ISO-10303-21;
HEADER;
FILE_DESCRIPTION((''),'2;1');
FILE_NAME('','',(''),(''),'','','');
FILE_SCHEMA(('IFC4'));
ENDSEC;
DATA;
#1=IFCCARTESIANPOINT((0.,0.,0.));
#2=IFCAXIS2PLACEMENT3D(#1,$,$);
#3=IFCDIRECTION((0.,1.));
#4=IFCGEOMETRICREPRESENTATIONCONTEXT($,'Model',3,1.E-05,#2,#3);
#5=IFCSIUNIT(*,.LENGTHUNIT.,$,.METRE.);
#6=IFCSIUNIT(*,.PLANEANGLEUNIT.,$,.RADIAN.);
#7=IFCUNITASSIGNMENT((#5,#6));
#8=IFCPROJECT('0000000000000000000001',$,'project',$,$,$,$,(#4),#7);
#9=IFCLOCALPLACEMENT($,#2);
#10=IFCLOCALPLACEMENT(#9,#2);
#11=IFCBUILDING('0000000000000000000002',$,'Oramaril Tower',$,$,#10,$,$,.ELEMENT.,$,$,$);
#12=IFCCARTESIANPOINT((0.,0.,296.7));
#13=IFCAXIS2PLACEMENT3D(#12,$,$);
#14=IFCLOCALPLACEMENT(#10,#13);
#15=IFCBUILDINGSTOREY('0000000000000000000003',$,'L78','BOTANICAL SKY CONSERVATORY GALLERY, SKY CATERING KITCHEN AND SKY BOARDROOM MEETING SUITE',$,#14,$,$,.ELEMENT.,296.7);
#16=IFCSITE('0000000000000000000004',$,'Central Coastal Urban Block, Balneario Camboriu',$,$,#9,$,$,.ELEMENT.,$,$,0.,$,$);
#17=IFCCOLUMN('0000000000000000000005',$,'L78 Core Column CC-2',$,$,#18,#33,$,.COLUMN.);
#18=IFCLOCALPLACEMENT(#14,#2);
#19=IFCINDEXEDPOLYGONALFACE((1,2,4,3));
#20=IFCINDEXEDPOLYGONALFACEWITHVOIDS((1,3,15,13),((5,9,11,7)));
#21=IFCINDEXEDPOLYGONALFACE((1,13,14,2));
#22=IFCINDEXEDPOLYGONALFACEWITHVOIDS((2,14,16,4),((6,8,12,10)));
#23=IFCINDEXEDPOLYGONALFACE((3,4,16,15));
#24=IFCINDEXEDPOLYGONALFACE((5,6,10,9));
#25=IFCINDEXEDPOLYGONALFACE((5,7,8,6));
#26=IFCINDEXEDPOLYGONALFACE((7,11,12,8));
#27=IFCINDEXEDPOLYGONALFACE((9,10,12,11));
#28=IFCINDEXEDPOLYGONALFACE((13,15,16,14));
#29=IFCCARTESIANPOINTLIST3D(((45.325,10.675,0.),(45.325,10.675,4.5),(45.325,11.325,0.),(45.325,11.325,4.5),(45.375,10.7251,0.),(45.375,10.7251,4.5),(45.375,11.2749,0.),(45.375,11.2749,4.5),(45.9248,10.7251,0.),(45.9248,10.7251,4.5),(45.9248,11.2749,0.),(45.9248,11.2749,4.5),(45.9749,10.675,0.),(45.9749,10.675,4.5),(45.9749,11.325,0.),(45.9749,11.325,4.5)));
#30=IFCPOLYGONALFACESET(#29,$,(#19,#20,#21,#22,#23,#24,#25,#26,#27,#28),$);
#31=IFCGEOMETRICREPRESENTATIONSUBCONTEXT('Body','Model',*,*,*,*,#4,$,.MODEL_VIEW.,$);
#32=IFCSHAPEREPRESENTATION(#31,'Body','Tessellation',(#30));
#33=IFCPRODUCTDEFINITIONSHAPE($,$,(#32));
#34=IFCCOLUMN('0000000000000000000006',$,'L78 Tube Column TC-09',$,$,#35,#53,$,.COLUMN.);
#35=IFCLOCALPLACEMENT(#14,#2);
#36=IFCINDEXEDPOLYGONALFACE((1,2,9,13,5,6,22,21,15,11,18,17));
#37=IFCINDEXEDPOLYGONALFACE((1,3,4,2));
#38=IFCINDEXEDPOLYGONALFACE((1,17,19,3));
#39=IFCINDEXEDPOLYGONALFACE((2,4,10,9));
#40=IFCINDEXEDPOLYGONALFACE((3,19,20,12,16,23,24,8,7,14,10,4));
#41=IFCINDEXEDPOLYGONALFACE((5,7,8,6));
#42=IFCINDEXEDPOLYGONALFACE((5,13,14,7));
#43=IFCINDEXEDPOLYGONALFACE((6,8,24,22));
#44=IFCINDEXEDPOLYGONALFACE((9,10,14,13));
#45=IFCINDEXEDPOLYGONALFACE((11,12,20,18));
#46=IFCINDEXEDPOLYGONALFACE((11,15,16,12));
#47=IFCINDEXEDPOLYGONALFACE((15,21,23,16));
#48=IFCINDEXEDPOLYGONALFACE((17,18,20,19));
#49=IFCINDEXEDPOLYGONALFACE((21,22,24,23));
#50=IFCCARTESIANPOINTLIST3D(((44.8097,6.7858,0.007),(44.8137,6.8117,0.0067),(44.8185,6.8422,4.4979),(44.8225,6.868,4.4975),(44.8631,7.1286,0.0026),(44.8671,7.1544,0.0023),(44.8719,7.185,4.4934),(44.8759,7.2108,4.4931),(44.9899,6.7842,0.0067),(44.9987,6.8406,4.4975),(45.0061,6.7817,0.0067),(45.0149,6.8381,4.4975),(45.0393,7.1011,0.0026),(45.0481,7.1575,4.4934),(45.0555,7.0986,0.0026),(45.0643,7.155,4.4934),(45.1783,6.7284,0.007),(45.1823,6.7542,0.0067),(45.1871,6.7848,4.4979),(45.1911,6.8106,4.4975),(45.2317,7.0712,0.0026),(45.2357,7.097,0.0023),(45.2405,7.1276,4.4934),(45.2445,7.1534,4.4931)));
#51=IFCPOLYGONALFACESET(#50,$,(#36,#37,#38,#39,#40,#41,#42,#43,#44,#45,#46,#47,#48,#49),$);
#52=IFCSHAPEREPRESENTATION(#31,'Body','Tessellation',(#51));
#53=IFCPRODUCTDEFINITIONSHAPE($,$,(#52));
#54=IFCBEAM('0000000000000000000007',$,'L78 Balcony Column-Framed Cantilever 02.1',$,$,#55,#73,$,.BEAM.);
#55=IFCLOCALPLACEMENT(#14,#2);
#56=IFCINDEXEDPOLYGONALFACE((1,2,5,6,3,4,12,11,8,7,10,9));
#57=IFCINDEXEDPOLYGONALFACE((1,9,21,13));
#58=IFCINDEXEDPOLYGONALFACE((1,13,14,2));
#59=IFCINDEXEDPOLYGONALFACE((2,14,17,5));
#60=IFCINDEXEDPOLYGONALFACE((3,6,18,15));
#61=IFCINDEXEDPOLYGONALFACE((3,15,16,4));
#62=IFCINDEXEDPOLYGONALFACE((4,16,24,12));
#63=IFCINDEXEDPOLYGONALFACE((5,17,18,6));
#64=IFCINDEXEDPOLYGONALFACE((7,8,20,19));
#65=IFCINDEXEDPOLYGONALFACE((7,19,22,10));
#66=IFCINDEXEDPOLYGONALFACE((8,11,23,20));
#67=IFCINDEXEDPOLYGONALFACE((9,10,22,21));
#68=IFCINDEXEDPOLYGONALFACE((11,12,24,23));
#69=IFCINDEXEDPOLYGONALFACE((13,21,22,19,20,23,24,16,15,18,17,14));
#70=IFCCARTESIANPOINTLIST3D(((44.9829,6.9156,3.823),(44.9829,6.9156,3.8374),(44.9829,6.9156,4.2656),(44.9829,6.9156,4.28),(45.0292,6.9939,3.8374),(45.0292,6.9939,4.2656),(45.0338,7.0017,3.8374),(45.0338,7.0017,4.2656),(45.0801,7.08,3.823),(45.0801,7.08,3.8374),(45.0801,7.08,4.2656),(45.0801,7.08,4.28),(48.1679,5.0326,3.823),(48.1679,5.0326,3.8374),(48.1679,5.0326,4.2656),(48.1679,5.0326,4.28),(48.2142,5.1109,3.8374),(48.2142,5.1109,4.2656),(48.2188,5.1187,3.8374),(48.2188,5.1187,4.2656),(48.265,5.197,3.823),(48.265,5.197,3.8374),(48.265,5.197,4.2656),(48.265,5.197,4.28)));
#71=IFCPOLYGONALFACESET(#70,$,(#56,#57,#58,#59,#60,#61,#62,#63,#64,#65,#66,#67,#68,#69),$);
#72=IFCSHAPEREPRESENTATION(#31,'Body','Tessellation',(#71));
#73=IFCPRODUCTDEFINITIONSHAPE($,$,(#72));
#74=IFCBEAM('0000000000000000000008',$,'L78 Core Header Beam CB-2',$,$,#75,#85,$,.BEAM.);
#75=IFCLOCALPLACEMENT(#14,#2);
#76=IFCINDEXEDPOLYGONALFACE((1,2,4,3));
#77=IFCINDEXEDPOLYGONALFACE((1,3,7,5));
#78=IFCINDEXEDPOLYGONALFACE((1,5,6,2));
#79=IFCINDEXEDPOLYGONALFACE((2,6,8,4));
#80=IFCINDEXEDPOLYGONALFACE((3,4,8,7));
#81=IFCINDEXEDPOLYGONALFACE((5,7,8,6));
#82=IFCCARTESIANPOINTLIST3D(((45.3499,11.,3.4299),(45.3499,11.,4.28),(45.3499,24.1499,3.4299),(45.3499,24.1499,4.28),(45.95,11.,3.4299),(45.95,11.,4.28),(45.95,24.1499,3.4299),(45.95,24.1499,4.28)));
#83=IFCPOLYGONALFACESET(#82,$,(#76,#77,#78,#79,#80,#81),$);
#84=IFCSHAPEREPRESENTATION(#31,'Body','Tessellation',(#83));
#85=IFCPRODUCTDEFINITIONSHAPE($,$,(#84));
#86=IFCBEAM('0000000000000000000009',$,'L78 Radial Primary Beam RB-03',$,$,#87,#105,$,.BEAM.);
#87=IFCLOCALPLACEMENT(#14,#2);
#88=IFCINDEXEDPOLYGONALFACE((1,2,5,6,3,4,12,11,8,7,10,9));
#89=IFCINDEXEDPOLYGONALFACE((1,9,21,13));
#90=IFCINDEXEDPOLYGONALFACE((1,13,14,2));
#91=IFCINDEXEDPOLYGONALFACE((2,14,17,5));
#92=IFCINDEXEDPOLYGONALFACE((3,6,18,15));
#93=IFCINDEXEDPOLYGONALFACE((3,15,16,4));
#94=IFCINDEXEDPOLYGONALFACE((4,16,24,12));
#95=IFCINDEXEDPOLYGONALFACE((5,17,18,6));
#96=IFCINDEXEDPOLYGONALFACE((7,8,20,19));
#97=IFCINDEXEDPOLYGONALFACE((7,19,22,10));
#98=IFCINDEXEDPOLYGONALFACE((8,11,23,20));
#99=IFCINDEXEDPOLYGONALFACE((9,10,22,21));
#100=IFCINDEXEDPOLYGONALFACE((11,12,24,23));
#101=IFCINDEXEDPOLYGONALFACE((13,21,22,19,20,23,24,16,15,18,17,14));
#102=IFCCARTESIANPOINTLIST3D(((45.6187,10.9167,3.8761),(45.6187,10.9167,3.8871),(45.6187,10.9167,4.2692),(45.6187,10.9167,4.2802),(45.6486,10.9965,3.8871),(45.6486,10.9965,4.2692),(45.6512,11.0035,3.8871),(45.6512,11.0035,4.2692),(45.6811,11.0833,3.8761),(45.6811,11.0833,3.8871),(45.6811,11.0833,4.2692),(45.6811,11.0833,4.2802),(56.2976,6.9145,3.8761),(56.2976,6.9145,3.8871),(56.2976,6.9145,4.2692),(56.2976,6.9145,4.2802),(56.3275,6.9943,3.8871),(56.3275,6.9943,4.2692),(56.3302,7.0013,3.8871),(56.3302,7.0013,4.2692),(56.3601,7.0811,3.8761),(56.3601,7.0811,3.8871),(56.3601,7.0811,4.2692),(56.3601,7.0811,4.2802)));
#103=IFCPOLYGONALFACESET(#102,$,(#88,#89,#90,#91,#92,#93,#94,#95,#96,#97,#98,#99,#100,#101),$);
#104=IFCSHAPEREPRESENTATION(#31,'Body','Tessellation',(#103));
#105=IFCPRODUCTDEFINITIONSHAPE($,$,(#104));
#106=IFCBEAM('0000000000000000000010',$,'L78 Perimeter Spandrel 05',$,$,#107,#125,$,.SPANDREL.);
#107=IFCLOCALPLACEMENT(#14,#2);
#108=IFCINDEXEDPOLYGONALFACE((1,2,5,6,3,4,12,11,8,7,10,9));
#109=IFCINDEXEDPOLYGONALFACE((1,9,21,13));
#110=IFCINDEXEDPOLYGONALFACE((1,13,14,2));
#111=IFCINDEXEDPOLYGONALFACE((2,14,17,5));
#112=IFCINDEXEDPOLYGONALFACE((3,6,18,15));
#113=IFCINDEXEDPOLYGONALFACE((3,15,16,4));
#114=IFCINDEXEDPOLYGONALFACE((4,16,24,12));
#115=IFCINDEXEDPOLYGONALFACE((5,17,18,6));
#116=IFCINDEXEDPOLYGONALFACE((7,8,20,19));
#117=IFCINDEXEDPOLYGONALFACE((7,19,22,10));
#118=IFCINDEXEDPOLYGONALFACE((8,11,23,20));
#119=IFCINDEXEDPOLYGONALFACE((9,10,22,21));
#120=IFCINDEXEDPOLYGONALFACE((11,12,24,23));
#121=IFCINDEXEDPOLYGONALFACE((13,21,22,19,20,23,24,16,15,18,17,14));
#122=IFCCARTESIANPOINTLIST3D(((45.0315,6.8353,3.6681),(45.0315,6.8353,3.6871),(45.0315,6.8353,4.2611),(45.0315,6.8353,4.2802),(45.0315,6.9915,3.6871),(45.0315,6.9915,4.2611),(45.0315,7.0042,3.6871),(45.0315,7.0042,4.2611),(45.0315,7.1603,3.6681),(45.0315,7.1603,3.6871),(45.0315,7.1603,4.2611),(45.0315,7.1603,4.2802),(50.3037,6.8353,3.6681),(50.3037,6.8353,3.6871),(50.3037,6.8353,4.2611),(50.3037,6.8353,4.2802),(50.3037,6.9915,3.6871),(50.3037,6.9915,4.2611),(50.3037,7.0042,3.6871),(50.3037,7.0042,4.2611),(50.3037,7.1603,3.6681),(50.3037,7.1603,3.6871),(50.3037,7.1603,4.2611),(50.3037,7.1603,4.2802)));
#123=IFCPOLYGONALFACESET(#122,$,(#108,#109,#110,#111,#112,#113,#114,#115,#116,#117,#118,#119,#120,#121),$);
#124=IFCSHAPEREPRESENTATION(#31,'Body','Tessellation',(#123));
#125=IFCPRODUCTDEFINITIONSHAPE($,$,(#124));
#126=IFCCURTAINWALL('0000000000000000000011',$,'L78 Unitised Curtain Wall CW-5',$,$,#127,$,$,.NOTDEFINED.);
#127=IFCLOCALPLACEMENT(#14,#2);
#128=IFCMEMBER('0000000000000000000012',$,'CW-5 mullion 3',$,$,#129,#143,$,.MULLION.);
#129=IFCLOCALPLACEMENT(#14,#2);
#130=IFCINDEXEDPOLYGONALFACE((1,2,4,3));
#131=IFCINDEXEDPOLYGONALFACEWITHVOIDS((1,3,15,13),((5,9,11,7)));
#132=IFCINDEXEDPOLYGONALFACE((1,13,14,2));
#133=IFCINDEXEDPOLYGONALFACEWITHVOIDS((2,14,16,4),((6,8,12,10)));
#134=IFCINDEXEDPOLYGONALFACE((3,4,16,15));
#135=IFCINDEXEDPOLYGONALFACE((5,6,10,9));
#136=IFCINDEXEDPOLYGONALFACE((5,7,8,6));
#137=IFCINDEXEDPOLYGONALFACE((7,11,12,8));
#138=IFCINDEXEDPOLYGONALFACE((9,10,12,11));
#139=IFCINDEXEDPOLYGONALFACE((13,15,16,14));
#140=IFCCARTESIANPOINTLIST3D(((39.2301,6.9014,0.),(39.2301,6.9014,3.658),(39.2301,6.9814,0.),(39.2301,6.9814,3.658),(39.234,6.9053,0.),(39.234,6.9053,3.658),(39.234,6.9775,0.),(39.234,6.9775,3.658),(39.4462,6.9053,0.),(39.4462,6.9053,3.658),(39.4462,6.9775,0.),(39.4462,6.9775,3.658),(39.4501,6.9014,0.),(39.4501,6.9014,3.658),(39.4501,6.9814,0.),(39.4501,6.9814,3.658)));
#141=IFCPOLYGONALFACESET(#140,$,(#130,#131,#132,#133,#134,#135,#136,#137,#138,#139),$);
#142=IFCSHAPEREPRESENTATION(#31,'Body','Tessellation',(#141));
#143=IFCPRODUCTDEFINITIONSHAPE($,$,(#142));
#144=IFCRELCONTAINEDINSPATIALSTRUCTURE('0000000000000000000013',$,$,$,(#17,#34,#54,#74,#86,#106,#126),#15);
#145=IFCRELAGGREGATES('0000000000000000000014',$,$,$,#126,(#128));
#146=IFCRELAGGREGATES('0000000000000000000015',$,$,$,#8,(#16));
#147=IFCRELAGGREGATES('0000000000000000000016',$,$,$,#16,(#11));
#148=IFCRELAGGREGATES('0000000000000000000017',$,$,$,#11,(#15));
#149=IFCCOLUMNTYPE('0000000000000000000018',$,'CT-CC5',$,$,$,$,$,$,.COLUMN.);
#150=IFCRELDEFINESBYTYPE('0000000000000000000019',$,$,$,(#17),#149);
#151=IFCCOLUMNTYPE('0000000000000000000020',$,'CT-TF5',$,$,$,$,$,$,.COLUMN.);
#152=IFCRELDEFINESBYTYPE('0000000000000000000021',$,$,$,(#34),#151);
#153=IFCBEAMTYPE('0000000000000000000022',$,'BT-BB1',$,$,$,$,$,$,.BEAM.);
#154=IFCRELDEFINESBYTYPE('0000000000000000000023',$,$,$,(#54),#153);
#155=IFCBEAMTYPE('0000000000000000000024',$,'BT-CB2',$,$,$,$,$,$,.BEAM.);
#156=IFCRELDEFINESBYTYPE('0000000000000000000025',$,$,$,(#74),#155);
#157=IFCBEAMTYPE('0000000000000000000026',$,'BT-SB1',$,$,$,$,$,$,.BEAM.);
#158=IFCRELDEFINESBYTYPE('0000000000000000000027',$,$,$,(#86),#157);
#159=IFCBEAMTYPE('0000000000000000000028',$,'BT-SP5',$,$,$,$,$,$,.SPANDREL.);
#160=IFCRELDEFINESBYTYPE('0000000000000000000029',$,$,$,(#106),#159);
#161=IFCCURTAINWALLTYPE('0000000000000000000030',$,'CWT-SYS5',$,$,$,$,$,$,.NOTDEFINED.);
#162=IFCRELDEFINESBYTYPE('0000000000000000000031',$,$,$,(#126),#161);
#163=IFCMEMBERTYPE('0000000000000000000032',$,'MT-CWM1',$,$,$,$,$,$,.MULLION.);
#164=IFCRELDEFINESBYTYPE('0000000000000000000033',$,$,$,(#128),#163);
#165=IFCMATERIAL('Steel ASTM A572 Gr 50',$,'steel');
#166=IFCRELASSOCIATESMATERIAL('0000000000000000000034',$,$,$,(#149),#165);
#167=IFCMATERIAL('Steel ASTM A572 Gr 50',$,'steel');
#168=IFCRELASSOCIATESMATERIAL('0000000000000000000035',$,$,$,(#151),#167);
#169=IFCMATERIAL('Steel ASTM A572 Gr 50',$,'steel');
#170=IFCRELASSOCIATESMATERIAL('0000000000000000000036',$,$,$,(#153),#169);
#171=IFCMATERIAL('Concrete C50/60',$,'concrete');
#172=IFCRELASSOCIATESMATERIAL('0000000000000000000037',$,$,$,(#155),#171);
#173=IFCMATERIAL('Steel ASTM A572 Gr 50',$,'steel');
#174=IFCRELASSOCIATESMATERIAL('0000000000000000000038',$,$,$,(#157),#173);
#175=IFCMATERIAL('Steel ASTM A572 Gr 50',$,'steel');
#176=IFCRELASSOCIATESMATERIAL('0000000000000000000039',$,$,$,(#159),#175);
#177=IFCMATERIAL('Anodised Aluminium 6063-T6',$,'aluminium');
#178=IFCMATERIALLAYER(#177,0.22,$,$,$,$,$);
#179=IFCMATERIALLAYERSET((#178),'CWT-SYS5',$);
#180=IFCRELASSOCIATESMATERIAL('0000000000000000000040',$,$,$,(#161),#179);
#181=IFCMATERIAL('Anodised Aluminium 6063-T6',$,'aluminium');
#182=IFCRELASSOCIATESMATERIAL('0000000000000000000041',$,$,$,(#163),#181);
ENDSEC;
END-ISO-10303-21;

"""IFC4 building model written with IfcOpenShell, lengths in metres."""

from ifc_helpers import new_model, si_unit, direction, frame, origin, origin_2d, place, context, subcontext, project, spatial, rectangle, hollow_rectangle, i_section, extrude, material, layer, layer_set, material_profile, profile_set, type_object, element, aggregate, save


model = new_model("IFC4")

# Units and contexts
model_context = context("Model", 3, precision=1e-05, world=origin(), true_north=direction((0.0, 1.0)))
body_context = subcontext(model_context, "Body", "Model", "MODEL_VIEW")
ifc_project = project(units=[si_unit("LENGTHUNIT", "METRE"), si_unit("PLANEANGLEUNIT", "RADIAN")], contexts=[model_context])

# Site, building, storey
site_placement = place(None, origin())
site = spatial("IfcSite", under=ifc_project, at=site_placement, Name="Central Coastal Urban Block, Balneario Camboriu", CompositionType="ELEMENT", RefElevation=0.0)
building_placement = place(site_placement, origin())
building = spatial("IfcBuilding", under=site, at=building_placement, Name="Oramaril Tower", CompositionType="ELEMENT")
storey_placement = place(building_placement, frame((0.0, 0.0, 296.7)))
storey = spatial("IfcBuildingStorey", under=building, at=storey_placement, Name="L78", Description="BOTANICAL SKY CONSERVATORY GALLERY, SKY CATERING KITCHEN AND SKY BOARDROOM MEETING SUITE", CompositionType="ELEMENT", Elevation=296.7)

# Columns
ifc_material_1 = material(Name="Steel ASTM A572 Gr 50", Category="steel")
ifc_material_profile_1 = material_profile(ifc_material_1, hollow_rectangle(XDim=0.6499, YDim=0.6499, WallThickness=0.05, at=origin_2d()), Name="BOX650X650X50")
ifc_profile_set_1 = profile_set([ifc_material_profile_1], Name="Steel ASTM A572 Gr 50")
column_type_1 = type_object("IfcColumnType", Name="CT-CC5", PredefinedType="COLUMN", material=ifc_profile_set_1)
column_1_placement = place(storey_placement, frame((45.6499, 11.0, 0.0), z_axis=(0.0, 0.0, 1.0), x_axis=(1.0, 0.0, 0.0)))
element("IfcColumn", 1, at=column_1_placement, inside=storey, type_object=column_type_1, Name="L78 Core Column CC-2", PredefinedType="COLUMN", context=body_context, shape_type="SweptSolid", body=[
    extrude(hollow_rectangle(XDim=0.6499, YDim=0.6499, WallThickness=0.05, at=origin_2d()), origin(), (0.0, 0.0, 1.0), 4.5),
])
ifc_material_2 = material(Name="Steel ASTM A572 Gr 50", Category="steel")
ifc_material_profile_2 = material_profile(ifc_material_2, i_section(OverallWidth=0.373, OverallDepth=0.373, WebThickness=0.0164, FlangeThickness=0.0261, at=origin_2d()), Name="W14X132")
ifc_profile_set_2 = profile_set([ifc_material_profile_2], Name="Steel ASTM A572 Gr 50")
column_type_2 = type_object("IfcColumnType", Name="CT-TF5", PredefinedType="COLUMN", material=ifc_profile_set_2)
column_2_placement = place(storey_placement, frame((45.0227, 6.9414, 0.0046), z_axis=(0.001957, 0.012557, 0.999919), x_axis=(-0.988073, 0.153985, 0.0)))
element("IfcColumn", 2, at=column_2_placement, inside=storey, type_object=column_type_2, Name="L78 Tube Column TC-09", PredefinedType="COLUMN", context=body_context, shape_type="SweptSolid", body=[
    extrude(i_section(OverallWidth=0.373, OverallDepth=0.373, WebThickness=0.0164, FlangeThickness=0.0261, at=origin_2d()), origin(), (0.0, 0.0, 1.0), 4.4912),
])

# Beams
ifc_material_3 = material(Name="Steel ASTM A572 Gr 50", Category="steel")
ifc_material_profile_3 = material_profile(ifc_material_3, i_section(OverallWidth=0.1909, OverallDepth=0.457, WebThickness=0.009, FlangeThickness=0.0144, at=origin_2d()), Name="W18X50")
ifc_profile_set_3 = profile_set([ifc_material_profile_3], Name="Steel ASTM A572 Gr 50")
beam_type_1 = type_object("IfcBeamType", Name="BT-BB1", PredefinedType="BEAM", material=ifc_profile_set_3)
beam_1_placement = place(storey_placement, frame((45.0315, 6.9978, 4.0515), z_axis=(0.860811, -0.508925, 0.0), x_axis=(0.508925, 0.860811, 0.0)))
element("IfcBeam", 3, at=beam_1_placement, inside=storey, type_object=beam_type_1, Name="L78 Balcony Column-Framed Cantilever 02.1", PredefinedType="BEAM", context=body_context, shape_type="SweptSolid", body=[
    extrude(i_section(OverallWidth=0.1909, OverallDepth=0.457, WebThickness=0.009, FlangeThickness=0.0144, at=origin_2d()), origin(), (0.0, 0.0, 1.0), 3.7),
])
ifc_material_4 = material(Name="Concrete C50/60", Category="concrete")
ifc_material_profile_4 = material_profile(ifc_material_4, rectangle(XDim=0.6001, YDim=0.8501, at=origin_2d()), Name="CB600X850")
ifc_profile_set_4 = profile_set([ifc_material_profile_4], Name="Concrete C50/60")
beam_type_2 = type_object("IfcBeamType", Name="BT-CB2", PredefinedType="BEAM", material=ifc_profile_set_4)
beam_2_placement = place(storey_placement, frame((45.6499, 11.0, 3.855), z_axis=(0.0, 1.0, 0.0), x_axis=(-1.0, 0.0, 0.0)))
element("IfcBeam", 4, at=beam_2_placement, inside=storey, type_object=beam_type_2, Name="L78 Core Header Beam CB-2", PredefinedType="BEAM", context=body_context, shape_type="SweptSolid", body=[
    extrude(rectangle(XDim=0.6001, YDim=0.8501, at=origin_2d()), origin(), (0.0, 0.0, 1.0), 13.1499),
])
ifc_material_5 = material(Name="Steel ASTM A572 Gr 50", Category="steel")
ifc_material_profile_5 = material_profile(ifc_material_5, i_section(OverallWidth=0.178, OverallDepth=0.4041, WebThickness=0.0076, FlangeThickness=0.011, at=origin_2d()), Name="W16X36")
ifc_profile_set_5 = profile_set([ifc_material_profile_5], Name="Steel ASTM A572 Gr 50")
beam_type_3 = type_object("IfcBeamType", Name="BT-SB1", PredefinedType="BEAM", material=ifc_profile_set_5)
beam_3_placement = place(storey_placement, frame((45.6499, 11.0, 4.0781), z_axis=(0.936399, -0.350938, 0.0), x_axis=(0.350938, 0.936399, 0.0)))
element("IfcBeam", 5, at=beam_3_placement, inside=storey, type_object=beam_type_3, Name="L78 Radial Primary Beam RB-03", PredefinedType="BEAM", context=body_context, shape_type="SweptSolid", body=[
    extrude(i_section(OverallWidth=0.178, OverallDepth=0.4041, WebThickness=0.0076, FlangeThickness=0.011, at=origin_2d()), origin(), (0.0, 0.0, 1.0), 11.4043),
])
ifc_material_6 = material(Name="Steel ASTM A572 Gr 50", Category="steel")
ifc_material_profile_6 = material_profile(ifc_material_6, i_section(OverallWidth=0.325, OverallDepth=0.6121, WebThickness=0.0127, FlangeThickness=0.019, at=origin_2d()), Name="W24X104")
ifc_profile_set_6 = profile_set([ifc_material_profile_6], Name="Steel ASTM A572 Gr 50")
beam_type_4 = type_object("IfcBeamType", Name="BT-SP5", PredefinedType="SPANDREL", material=ifc_profile_set_6)
beam_4_placement = place(storey_placement, frame((45.0315, 6.9978, 3.9741), z_axis=(1.0, 0.0, 0.0), x_axis=(0.0, 1.0, 0.0)))
element("IfcBeam", 6, at=beam_4_placement, inside=storey, type_object=beam_type_4, Name="L78 Perimeter Spandrel 05", PredefinedType="SPANDREL", context=body_context, shape_type="SweptSolid", body=[
    extrude(i_section(OverallWidth=0.325, OverallDepth=0.6121, WebThickness=0.0127, FlangeThickness=0.019, at=origin_2d()), origin(), (0.0, 0.0, 1.0), 5.2722),
])

# Curtain wall, member
ifc_material_7 = material(Name="Anodised Aluminium 6063-T6", Category="aluminium")
ifc_layer_1 = layer(ifc_material_7, 0.22)
ifc_layer_set_1 = layer_set([ifc_layer_1], Name="CWT-SYS5")
curtain_wall_type = type_object("IfcCurtainWallType", Name="CWT-SYS5", PredefinedType="NOTDEFINED", material=ifc_layer_set_1)
curtain_wall_placement = place(storey_placement, origin())
curtain_wall = element("IfcCurtainWall", 7, at=curtain_wall_placement, inside=storey, type_object=curtain_wall_type, Name="L78 Unitised Curtain Wall CW-5", PredefinedType="NOTDEFINED")
ifc_material_8 = material(Name="Anodised Aluminium 6063-T6", Category="aluminium")
ifc_material_profile_7 = material_profile(ifc_material_8, hollow_rectangle(XDim=0.0801, YDim=0.22, WallThickness=0.0039, at=origin_2d()), Name="CWM220X80")
ifc_profile_set_7 = profile_set([ifc_material_profile_7], Name="Anodised Aluminium 6063-T6")
member_type = type_object("IfcMemberType", Name="MT-CWM1", PredefinedType="MULLION", material=ifc_profile_set_7)
member_placement = place(storey_placement, frame((39.3401, 6.9414, 0.0), z_axis=(0.0, 0.0, 1.0), x_axis=(0.0, 1.0, 0.0)))
member = element("IfcMember", 8, at=member_placement, type_object=member_type, Name="CW-5 mullion 3", PredefinedType="MULLION", context=body_context, shape_type="SweptSolid", body=[
    extrude(hollow_rectangle(XDim=0.0801, YDim=0.22, WallThickness=0.0039, at=origin_2d()), origin(), (0.0, 0.0, 1.0), 3.658),
])
aggregate(curtain_wall, [member])

save(model, "model.ifc")
